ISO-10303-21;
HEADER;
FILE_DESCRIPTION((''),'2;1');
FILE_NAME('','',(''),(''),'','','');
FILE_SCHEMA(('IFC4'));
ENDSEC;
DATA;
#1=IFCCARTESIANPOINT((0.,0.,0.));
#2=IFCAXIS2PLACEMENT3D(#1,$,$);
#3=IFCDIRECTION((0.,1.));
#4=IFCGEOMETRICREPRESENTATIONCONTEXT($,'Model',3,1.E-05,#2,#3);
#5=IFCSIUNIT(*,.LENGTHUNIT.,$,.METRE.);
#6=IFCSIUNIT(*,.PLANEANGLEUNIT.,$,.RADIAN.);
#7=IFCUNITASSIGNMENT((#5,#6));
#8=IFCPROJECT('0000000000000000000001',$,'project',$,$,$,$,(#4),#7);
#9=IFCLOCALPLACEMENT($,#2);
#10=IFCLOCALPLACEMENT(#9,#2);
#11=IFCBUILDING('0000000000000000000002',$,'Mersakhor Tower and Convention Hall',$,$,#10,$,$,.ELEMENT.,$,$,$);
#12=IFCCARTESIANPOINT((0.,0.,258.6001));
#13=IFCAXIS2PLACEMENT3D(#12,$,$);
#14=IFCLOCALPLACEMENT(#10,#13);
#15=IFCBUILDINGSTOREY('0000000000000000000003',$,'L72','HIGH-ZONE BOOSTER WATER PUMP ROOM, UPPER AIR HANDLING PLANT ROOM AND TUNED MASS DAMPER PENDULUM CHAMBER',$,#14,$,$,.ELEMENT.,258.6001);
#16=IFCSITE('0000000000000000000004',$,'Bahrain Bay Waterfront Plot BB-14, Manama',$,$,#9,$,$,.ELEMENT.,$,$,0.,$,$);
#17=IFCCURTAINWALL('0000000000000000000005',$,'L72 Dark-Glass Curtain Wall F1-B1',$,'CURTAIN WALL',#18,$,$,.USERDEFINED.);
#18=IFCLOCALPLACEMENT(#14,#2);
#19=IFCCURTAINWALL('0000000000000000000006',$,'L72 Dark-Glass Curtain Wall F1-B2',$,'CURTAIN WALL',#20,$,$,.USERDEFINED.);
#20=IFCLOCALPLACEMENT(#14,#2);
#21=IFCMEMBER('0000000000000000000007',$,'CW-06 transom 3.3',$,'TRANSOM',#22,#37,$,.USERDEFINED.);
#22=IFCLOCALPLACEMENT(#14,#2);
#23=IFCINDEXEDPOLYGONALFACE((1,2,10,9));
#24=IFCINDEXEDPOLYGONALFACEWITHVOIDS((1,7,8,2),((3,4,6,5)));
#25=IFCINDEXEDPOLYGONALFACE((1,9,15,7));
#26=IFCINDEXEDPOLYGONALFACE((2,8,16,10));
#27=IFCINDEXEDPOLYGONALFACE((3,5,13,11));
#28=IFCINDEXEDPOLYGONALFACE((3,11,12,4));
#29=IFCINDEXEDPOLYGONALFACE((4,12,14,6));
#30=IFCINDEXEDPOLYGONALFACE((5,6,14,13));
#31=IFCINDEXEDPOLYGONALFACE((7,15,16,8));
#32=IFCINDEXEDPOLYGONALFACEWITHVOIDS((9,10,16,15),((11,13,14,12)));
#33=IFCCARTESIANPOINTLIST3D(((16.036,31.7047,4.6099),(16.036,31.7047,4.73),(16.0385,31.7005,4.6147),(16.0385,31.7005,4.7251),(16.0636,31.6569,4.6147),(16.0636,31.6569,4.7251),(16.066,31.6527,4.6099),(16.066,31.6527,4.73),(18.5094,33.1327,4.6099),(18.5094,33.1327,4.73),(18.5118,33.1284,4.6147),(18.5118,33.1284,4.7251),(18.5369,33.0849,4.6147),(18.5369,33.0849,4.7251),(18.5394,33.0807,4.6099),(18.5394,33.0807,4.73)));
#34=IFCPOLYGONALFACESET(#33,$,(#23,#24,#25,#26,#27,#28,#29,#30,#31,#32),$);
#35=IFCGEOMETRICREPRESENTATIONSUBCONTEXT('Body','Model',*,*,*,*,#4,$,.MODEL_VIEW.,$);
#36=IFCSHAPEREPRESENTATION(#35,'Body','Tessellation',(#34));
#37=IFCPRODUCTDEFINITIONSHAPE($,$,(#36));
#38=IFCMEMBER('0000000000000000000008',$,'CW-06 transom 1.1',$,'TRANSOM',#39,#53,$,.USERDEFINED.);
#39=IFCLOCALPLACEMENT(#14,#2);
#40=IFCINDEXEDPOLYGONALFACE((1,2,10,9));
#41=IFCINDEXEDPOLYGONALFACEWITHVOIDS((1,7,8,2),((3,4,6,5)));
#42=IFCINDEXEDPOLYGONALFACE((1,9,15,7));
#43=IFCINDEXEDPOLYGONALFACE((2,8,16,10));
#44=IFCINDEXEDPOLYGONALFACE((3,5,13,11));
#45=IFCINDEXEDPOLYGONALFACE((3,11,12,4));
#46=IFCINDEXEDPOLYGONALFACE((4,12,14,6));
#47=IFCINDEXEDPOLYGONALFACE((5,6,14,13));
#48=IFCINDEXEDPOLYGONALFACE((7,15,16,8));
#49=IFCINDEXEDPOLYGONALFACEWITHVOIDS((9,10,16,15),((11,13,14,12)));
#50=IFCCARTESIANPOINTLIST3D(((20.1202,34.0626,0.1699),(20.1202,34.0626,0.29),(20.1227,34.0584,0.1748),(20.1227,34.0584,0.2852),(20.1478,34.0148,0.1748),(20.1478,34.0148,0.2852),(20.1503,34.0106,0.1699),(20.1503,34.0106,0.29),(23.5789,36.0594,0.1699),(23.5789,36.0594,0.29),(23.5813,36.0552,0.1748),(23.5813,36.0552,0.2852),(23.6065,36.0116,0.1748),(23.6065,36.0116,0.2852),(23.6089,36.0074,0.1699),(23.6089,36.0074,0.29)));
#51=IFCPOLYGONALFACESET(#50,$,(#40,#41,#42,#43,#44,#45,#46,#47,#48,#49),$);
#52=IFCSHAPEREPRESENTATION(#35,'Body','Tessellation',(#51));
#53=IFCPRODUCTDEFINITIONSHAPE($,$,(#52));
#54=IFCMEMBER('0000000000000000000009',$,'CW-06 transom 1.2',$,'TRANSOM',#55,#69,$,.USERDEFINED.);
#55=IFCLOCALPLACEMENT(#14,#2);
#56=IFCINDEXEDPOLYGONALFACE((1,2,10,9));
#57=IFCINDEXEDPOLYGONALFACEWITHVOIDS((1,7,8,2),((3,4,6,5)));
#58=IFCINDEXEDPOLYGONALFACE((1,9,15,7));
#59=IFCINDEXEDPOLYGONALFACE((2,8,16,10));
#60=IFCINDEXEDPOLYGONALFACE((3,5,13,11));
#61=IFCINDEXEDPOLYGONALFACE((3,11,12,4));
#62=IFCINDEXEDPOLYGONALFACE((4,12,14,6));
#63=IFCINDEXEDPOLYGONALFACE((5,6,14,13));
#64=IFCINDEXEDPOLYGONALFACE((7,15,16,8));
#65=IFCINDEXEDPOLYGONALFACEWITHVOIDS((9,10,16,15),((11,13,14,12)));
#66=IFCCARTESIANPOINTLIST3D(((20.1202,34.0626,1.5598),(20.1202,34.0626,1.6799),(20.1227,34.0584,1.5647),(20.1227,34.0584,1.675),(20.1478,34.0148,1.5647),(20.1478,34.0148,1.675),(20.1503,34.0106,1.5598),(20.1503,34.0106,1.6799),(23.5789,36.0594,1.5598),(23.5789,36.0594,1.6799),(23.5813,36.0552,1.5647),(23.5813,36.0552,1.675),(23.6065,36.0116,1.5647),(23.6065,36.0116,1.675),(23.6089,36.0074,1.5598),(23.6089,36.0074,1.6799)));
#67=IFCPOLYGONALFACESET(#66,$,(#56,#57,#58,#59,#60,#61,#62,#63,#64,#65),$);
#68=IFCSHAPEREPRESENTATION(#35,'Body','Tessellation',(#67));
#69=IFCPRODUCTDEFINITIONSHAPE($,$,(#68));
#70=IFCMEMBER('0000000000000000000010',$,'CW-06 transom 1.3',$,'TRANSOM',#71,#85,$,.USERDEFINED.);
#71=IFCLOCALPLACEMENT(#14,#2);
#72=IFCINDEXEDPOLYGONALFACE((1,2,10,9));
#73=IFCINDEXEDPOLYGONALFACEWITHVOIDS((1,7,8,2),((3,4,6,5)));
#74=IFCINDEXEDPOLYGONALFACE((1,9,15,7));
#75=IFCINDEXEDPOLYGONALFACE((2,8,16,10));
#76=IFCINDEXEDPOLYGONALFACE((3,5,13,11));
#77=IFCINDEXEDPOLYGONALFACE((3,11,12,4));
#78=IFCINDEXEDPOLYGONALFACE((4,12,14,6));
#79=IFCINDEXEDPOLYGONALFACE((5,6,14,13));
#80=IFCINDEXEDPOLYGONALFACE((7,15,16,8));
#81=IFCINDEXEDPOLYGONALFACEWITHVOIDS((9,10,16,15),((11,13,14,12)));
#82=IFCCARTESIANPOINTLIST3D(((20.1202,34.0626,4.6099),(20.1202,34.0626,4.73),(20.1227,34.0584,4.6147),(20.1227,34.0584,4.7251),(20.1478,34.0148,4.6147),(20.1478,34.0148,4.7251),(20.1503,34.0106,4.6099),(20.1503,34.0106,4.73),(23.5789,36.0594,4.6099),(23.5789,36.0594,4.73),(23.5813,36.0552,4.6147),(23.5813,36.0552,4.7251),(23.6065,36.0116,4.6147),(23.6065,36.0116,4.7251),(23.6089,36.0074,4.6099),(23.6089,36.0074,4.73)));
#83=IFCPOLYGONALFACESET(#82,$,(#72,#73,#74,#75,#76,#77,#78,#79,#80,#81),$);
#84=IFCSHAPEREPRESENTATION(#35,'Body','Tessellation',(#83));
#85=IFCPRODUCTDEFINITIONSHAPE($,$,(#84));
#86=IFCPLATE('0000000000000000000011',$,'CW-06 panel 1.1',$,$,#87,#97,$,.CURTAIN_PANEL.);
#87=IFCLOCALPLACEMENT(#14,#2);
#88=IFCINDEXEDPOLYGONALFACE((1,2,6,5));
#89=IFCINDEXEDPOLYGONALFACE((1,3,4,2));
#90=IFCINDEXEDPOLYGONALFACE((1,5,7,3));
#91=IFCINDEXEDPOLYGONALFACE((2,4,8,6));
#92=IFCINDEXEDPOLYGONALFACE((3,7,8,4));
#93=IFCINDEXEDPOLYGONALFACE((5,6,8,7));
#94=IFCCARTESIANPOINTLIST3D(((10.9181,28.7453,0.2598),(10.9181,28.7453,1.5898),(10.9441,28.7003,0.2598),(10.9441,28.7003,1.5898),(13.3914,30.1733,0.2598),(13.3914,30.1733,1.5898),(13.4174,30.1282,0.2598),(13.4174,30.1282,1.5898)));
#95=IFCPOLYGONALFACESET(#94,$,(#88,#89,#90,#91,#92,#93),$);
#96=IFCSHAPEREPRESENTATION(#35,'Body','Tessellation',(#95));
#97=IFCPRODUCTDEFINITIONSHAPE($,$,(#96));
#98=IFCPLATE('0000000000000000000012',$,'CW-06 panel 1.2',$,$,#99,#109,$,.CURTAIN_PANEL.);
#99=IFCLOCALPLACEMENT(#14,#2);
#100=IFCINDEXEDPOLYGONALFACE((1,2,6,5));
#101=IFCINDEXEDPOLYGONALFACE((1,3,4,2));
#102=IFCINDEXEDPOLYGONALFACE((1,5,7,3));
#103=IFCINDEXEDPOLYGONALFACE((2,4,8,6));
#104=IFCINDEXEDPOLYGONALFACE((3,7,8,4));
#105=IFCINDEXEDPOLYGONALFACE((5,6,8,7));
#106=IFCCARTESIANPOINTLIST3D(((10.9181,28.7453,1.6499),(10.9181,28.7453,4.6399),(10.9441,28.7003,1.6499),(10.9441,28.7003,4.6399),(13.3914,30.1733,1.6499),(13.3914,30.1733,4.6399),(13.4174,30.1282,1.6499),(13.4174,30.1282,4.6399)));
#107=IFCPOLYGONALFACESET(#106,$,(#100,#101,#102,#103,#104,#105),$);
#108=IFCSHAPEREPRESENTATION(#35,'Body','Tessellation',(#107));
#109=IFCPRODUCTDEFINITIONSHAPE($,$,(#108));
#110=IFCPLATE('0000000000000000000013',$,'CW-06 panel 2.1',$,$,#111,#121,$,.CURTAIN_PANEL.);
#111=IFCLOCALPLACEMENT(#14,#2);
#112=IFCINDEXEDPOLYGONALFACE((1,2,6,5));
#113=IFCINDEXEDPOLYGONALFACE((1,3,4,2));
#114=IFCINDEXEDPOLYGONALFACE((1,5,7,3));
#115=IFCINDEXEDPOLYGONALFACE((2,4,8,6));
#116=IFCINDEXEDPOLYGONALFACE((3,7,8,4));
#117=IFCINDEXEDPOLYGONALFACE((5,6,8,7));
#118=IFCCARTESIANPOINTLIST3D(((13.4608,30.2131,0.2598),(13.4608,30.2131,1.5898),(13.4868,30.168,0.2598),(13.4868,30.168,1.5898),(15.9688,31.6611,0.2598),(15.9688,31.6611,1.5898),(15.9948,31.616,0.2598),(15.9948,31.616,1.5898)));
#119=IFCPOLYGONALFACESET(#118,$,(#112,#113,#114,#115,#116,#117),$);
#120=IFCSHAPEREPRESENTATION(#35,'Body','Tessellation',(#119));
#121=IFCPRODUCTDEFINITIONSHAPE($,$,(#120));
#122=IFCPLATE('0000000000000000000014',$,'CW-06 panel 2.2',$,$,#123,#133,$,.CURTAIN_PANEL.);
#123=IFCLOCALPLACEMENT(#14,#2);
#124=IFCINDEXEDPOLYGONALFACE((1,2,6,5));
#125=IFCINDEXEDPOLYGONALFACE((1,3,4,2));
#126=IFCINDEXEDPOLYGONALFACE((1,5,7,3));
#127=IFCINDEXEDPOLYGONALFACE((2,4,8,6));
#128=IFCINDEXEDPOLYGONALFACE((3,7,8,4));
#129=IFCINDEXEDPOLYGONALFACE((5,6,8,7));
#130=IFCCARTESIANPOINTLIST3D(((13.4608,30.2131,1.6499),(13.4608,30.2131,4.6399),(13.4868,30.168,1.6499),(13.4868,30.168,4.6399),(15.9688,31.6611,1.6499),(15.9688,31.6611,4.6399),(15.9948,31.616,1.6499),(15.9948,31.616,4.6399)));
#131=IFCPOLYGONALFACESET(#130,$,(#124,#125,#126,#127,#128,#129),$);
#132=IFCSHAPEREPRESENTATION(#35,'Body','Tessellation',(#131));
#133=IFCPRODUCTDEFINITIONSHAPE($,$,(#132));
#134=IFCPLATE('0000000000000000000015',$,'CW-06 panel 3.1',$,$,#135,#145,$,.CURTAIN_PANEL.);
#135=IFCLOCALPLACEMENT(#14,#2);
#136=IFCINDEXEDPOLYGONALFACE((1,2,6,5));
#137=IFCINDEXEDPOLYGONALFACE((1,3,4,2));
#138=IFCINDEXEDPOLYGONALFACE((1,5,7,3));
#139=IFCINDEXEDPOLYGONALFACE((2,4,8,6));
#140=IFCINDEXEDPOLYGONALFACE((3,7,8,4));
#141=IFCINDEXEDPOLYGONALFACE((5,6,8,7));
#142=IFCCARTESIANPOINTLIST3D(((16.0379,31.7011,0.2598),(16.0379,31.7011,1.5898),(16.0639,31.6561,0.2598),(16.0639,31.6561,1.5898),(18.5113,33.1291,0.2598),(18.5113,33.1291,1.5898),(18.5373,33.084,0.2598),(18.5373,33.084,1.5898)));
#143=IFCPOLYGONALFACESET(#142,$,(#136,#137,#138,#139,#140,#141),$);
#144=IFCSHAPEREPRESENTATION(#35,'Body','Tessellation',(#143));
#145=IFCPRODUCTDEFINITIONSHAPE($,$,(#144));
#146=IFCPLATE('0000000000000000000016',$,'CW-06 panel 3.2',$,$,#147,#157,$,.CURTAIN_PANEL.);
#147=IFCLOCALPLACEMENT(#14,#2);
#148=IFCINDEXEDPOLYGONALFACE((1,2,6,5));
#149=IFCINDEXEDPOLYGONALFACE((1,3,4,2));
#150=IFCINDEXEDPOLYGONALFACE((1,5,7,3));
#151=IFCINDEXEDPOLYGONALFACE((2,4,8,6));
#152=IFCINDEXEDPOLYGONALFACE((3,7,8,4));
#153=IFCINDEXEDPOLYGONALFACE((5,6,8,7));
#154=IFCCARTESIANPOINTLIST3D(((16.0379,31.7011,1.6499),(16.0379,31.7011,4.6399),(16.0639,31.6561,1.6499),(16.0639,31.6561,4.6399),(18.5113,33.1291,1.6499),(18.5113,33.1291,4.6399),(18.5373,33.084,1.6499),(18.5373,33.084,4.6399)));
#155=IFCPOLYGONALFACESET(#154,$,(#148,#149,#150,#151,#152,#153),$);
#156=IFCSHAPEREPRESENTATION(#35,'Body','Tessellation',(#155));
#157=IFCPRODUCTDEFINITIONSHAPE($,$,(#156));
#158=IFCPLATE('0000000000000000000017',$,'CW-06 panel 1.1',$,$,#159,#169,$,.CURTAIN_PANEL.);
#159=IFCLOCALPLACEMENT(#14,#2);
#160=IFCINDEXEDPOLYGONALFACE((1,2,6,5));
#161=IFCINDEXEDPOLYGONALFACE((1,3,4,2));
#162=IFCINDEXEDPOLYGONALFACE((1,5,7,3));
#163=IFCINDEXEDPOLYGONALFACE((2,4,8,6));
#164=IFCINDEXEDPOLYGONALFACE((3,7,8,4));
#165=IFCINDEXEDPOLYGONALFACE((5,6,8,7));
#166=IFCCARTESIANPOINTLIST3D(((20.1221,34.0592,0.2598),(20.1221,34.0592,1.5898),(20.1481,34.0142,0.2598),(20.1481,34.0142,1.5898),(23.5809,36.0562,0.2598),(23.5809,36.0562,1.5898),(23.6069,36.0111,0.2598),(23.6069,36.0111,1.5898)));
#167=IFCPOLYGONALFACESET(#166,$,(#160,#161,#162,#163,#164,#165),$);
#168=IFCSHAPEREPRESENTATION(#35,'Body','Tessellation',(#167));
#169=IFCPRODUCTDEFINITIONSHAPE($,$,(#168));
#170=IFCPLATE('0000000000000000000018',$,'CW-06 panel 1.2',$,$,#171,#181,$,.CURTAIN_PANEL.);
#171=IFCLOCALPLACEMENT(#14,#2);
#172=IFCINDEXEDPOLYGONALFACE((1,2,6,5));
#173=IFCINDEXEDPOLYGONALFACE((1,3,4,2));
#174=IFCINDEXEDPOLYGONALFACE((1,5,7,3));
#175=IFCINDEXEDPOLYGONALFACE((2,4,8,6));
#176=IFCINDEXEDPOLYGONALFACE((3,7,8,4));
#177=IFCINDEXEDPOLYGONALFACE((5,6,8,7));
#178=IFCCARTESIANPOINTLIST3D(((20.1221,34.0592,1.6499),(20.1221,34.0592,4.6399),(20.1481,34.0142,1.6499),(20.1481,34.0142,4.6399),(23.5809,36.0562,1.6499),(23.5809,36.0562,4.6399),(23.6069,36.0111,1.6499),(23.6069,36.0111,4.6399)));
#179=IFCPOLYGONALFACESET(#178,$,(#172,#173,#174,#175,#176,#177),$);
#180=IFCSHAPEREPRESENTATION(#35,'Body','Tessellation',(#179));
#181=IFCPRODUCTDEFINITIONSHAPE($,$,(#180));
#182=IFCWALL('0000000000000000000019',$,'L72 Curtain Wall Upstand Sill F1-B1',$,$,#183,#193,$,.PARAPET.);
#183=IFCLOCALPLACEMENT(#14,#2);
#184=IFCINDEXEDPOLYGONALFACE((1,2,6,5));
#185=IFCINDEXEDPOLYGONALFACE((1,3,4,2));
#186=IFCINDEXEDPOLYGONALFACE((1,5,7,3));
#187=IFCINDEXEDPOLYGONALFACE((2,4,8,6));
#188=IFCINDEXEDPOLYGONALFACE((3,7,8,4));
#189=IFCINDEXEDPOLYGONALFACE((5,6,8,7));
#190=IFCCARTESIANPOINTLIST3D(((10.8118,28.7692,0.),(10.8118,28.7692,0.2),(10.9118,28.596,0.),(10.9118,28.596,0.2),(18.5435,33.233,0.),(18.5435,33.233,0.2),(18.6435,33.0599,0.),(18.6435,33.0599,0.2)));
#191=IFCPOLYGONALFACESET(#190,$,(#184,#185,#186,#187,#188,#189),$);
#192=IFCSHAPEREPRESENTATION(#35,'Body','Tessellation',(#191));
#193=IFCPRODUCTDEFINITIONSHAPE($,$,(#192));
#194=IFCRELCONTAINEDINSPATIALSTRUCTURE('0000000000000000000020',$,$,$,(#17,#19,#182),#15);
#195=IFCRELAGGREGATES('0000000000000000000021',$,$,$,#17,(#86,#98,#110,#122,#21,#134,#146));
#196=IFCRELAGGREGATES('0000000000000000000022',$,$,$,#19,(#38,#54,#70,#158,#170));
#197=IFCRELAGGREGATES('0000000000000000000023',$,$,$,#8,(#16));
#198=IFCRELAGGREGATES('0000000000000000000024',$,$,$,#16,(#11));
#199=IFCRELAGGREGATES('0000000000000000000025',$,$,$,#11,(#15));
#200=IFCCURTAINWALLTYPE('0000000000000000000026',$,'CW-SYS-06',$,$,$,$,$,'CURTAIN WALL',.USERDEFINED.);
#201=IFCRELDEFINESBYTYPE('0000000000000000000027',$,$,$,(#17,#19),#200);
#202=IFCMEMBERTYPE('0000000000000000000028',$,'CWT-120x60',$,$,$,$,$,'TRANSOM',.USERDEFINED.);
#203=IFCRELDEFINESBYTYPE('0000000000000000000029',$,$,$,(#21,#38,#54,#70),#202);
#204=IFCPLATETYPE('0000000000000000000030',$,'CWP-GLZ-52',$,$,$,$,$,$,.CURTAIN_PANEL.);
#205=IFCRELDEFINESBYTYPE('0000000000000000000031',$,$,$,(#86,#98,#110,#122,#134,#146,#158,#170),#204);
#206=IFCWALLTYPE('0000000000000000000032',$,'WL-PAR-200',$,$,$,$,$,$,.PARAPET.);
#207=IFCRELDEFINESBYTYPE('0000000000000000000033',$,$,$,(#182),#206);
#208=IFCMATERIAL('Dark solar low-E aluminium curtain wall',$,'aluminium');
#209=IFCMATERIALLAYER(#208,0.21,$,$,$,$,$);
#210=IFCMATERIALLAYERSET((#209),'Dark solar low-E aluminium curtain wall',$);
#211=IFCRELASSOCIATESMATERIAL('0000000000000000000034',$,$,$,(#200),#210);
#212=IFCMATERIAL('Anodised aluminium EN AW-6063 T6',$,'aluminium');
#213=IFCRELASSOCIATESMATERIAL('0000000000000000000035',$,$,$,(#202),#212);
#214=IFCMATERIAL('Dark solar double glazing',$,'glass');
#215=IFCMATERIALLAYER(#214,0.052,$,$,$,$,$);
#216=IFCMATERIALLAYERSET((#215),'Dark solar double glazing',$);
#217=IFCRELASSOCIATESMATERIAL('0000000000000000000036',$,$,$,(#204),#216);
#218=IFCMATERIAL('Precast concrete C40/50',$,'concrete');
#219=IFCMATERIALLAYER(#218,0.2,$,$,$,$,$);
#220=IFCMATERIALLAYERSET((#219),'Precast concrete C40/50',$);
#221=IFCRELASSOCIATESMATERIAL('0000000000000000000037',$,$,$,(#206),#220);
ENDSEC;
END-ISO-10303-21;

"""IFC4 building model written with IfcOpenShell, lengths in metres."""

from ifc_helpers import new_model, si_unit, direction, frame, frame_2d, origin, origin_2d, place, context, subcontext, project, spatial, rectangle, hollow_rectangle, extrude, material, layer, layer_set, material_profile, profile_set, type_object, element, aggregate, save


model = new_model("IFC4")

# Units and contexts
model_context = context("Model", 3, precision=1e-05, world=origin(), true_north=direction((0.0, 1.0)))
body_context = subcontext(model_context, "Body", "Model", "MODEL_VIEW")
ifc_project = project(units=[si_unit("LENGTHUNIT", "METRE"), si_unit("PLANEANGLEUNIT", "RADIAN")], contexts=[model_context])

# Site, building, storey
site_placement = place(None, origin())
site = spatial("IfcSite", under=ifc_project, at=site_placement, Name="Bahrain Bay Waterfront Plot BB-14, Manama", CompositionType="ELEMENT", RefElevation=0.0)
building_placement = place(site_placement, origin())
building = spatial("IfcBuilding", under=site, at=building_placement, Name="Mersakhor Tower and Convention Hall", CompositionType="ELEMENT")
storey_placement = place(building_placement, frame((0.0, 0.0, 258.6001)))
storey = spatial("IfcBuildingStorey", under=building, at=storey_placement, Name="L72", Description="HIGH-ZONE BOOSTER WATER PUMP ROOM, UPPER AIR HANDLING PLANT ROOM AND TUNED MASS DAMPER PENDULUM CHAMBER", CompositionType="ELEMENT", Elevation=258.6001)

# Curtain wall
ifc_material_1 = material(Name="Dark solar low-E aluminium curtain wall", Category="aluminium")
ifc_layer_1 = layer(ifc_material_1, 0.21)
ifc_layer_set_1 = layer_set([ifc_layer_1], Name="Dark solar low-E aluminium curtain wall")
curtain_wall_type = type_object("IfcCurtainWallType", Name="CW-SYS-06", ElementType="CURTAIN WALL", PredefinedType="USERDEFINED", material=ifc_layer_set_1)
curtain_wall_1_placement = place(storey_placement, origin())
curtain_wall_1 = element("IfcCurtainWall", 1, at=curtain_wall_1_placement, inside=storey, type_object=curtain_wall_type, Name="L72 Dark-Glass Curtain Wall F1-B1", ObjectType="CURTAIN WALL", PredefinedType="USERDEFINED")

# Curtain wall
curtain_wall_2_placement = place(storey_placement, origin())
curtain_wall_2 = element("IfcCurtainWall", 2, at=curtain_wall_2_placement, inside=storey, type_object=curtain_wall_type, Name="L72 Dark-Glass Curtain Wall F1-B2", ObjectType="CURTAIN WALL", PredefinedType="USERDEFINED")

# Members
ifc_material_2 = material(Name="Anodised aluminium EN AW-6063 T6", Category="aluminium")
ifc_material_profile_1 = material_profile(ifc_material_2, hollow_rectangle(XDim=0.0601, YDim=0.1201, WallThickness=0.0049, at=origin_2d()), Name="RHS 120x60x5")
ifc_profile_set_1 = profile_set([ifc_material_profile_1], Name="Anodised aluminium EN AW-6063 T6")
member_type_1 = type_object("IfcMemberType", Name="CWT-120x60", ElementType="TRANSOM", PredefinedType="USERDEFINED", material=ifc_profile_set_1)
member_1_placement = place(storey_placement, frame((16.051, 31.6787, 4.6699), z_axis=(0.86603, 0.499991, 0.0), x_axis=(-0.499991, 0.86603, 0.0)))
member_1 = element("IfcMember", 3, at=member_1_placement, type_object=member_type_1, Name="CW-06 transom 3.3", ObjectType="TRANSOM", PredefinedType="USERDEFINED", context=body_context, shape_type="SweptSolid", body=[
    extrude(hollow_rectangle(XDim=0.0601, YDim=0.1201, WallThickness=0.0049, at=origin_2d()), origin(), (0.0, 0.0, 1.0), 2.856),
])
member_2_placement = place(storey_placement, frame((20.1353, 34.0366, 0.23), z_axis=(0.866034, 0.499985, 0.0), x_axis=(-0.499985, 0.866034, 0.0)))
member_2 = element("IfcMember", 4, at=member_2_placement, type_object=member_type_1, Name="CW-06 transom 1.1", ObjectType="TRANSOM", PredefinedType="USERDEFINED", context=body_context, shape_type="SweptSolid", body=[
    extrude(hollow_rectangle(XDim=0.0601, YDim=0.1201, WallThickness=0.0049, at=origin_2d()), origin(), (0.0, 0.0, 1.0), 3.9937),
])
member_3_placement = place(storey_placement, frame((20.1353, 34.0366, 1.6199), z_axis=(0.866034, 0.499985, 0.0), x_axis=(-0.499985, 0.866034, 0.0)))
member_3 = element("IfcMember", 5, at=member_3_placement, type_object=member_type_1, Name="CW-06 transom 1.2", ObjectType="TRANSOM", PredefinedType="USERDEFINED", context=body_context, shape_type="SweptSolid", body=[
    extrude(hollow_rectangle(XDim=0.0601, YDim=0.1201, WallThickness=0.0049, at=origin_2d()), origin(), (0.0, 0.0, 1.0), 3.9937),
])
member_4_placement = place(storey_placement, frame((20.1353, 34.0366, 4.6699), z_axis=(0.866034, 0.499985, 0.0), x_axis=(-0.499985, 0.866034, 0.0)))
member_4 = element("IfcMember", 6, at=member_4_placement, type_object=member_type_1, Name="CW-06 transom 1.3", ObjectType="TRANSOM", PredefinedType="USERDEFINED", context=body_context, shape_type="SweptSolid", body=[
    extrude(hollow_rectangle(XDim=0.0601, YDim=0.1201, WallThickness=0.0049, at=origin_2d()), origin(), (0.0, 0.0, 1.0), 3.9937),
])

# Plates
ifc_material_3 = material(Name="Dark solar double glazing", Category="glass")
ifc_layer_2 = layer(ifc_material_3, 0.052)
ifc_layer_set_2 = layer_set([ifc_layer_2], Name="Dark solar double glazing")
plate_type = type_object("IfcPlateType", Name="CWP-GLZ-52", PredefinedType="CURTAIN_PANEL", material=ifc_layer_set_2)
plate_1_placement = place(storey_placement, frame((12.1677, 29.4368, 0.2598), z_axis=(0.0, 0.0, 1.0), x_axis=(0.866025, 0.5, 0.0)))
plate_1 = element("IfcPlate", 7, at=plate_1_placement, type_object=plate_type, Name="CW-06 panel 1.1", PredefinedType="CURTAIN_PANEL", context=body_context, shape_type="SweptSolid", body=[
    extrude(rectangle(XDim=2.856, YDim=0.052, at=origin_2d()), origin(), (0.0, 0.0, 1.0), 1.3301),
])
plate_2_placement = place(storey_placement, frame((12.1677, 29.4368, 1.6499), z_axis=(0.0, 0.0, 1.0), x_axis=(0.866025, 0.5, 0.0)))
plate_2 = element("IfcPlate", 8, at=plate_2_placement, type_object=plate_type, Name="CW-06 panel 1.2", PredefinedType="CURTAIN_PANEL", context=body_context, shape_type="SweptSolid", body=[
    extrude(rectangle(XDim=2.856, YDim=0.052, at=origin_2d()), origin(), (0.0, 0.0, 1.0), 2.99),
])
plate_3_placement = place(storey_placement, frame((14.7278, 30.9146, 0.2598), z_axis=(0.0, 0.0, 1.0), x_axis=(0.866025, 0.5, 0.0)))
plate_3 = element("IfcPlate", 9, at=plate_3_placement, type_object=plate_type, Name="CW-06 panel 2.1", PredefinedType="CURTAIN_PANEL", context=body_context, shape_type="SweptSolid", body=[
    extrude(rectangle(XDim=2.896, YDim=0.052, at=origin_2d()), origin(), (0.0, 0.0, 1.0), 1.3301),
])
plate_4_placement = place(storey_placement, frame((14.7278, 30.9146, 1.6499), z_axis=(0.0, 0.0, 1.0), x_axis=(0.866025, 0.5, 0.0)))
plate_4 = element("IfcPlate", 10, at=plate_4_placement, type_object=plate_type, Name="CW-06 panel 2.2", PredefinedType="CURTAIN_PANEL", context=body_context, shape_type="SweptSolid", body=[
    extrude(rectangle(XDim=2.896, YDim=0.052, at=origin_2d()), origin(), (0.0, 0.0, 1.0), 2.99),
])
plate_5_placement = place(storey_placement, frame((17.2876, 32.3926, 0.2598), z_axis=(0.0, 0.0, 1.0), x_axis=(0.866025, 0.5, 0.0)))
plate_5 = element("IfcPlate", 11, at=plate_5_placement, type_object=plate_type, Name="CW-06 panel 3.1", PredefinedType="CURTAIN_PANEL", context=body_context, shape_type="SweptSolid", body=[
    extrude(rectangle(XDim=2.856, YDim=0.052, at=origin_2d()), origin(), (0.0, 0.0, 1.0), 1.3301),
])
plate_6_placement = place(storey_placement, frame((17.2876, 32.3926, 1.6499), z_axis=(0.0, 0.0, 1.0), x_axis=(0.866025, 0.5, 0.0)))
plate_6 = element("IfcPlate", 12, at=plate_6_placement, type_object=plate_type, Name="CW-06 panel 3.2", PredefinedType="CURTAIN_PANEL", context=body_context, shape_type="SweptSolid", body=[
    extrude(rectangle(XDim=2.856, YDim=0.052, at=origin_2d()), origin(), (0.0, 0.0, 1.0), 2.99),
])
aggregate(curtain_wall_1, [plate_1, plate_2, plate_3, plate_4, member_1, plate_5, plate_6])
plate_7_placement = place(storey_placement, frame((21.8645, 35.0352, 0.2598), z_axis=(0.0, 0.0, 1.0), x_axis=(0.866023, 0.500004, 0.0)))
plate_7 = element("IfcPlate", 13, at=plate_7_placement, type_object=plate_type, Name="CW-06 panel 1.1", PredefinedType="CURTAIN_PANEL", context=body_context, shape_type="SweptSolid", body=[
    extrude(rectangle(XDim=3.9939, YDim=0.052, at=origin_2d()), origin(), (0.0, 0.0, 1.0), 1.3301),
])
plate_8_placement = place(storey_placement, frame((21.8645, 35.0352, 1.6499), z_axis=(0.0, 0.0, 1.0), x_axis=(0.866023, 0.500004, 0.0)))
plate_8 = element("IfcPlate", 14, at=plate_8_placement, type_object=plate_type, Name="CW-06 panel 1.2", PredefinedType="CURTAIN_PANEL", context=body_context, shape_type="SweptSolid", body=[
    extrude(rectangle(XDim=3.9939, YDim=0.052, at=origin_2d()), origin(), (0.0, 0.0, 1.0), 2.99),
])
aggregate(curtain_wall_2, [member_2, member_3, member_4, plate_7, plate_8])

# Wall
ifc_material_4 = material(Name="Precast concrete C40/50", Category="concrete")
ifc_layer_3 = layer(ifc_material_4, 0.2)
ifc_layer_set_3 = layer_set([ifc_layer_3], Name="Precast concrete C40/50")
wall_type_1 = type_object("IfcWallType", Name="WL-PAR-200", PredefinedType="PARAPET", material=ifc_layer_set_3)
wall_1_placement = place(storey_placement, frame((10.8618, 28.6826, 0.0), z_axis=(0.0, 0.0, 1.0), x_axis=(0.866027, 0.499998, 0.0)))
element("IfcWall", 15, at=wall_1_placement, inside=storey, type_object=wall_type_1, Name="L72 Curtain Wall Upstand Sill F1-B1", PredefinedType="PARAPET", context=body_context, shape_type="SweptSolid", body=[
    extrude(rectangle(XDim=8.9277, YDim=0.2, at=frame_2d((4.4639, 0.0))), origin(), (0.0, 0.0, 1.0), 0.2),
])

save(model, "model.ifc")
